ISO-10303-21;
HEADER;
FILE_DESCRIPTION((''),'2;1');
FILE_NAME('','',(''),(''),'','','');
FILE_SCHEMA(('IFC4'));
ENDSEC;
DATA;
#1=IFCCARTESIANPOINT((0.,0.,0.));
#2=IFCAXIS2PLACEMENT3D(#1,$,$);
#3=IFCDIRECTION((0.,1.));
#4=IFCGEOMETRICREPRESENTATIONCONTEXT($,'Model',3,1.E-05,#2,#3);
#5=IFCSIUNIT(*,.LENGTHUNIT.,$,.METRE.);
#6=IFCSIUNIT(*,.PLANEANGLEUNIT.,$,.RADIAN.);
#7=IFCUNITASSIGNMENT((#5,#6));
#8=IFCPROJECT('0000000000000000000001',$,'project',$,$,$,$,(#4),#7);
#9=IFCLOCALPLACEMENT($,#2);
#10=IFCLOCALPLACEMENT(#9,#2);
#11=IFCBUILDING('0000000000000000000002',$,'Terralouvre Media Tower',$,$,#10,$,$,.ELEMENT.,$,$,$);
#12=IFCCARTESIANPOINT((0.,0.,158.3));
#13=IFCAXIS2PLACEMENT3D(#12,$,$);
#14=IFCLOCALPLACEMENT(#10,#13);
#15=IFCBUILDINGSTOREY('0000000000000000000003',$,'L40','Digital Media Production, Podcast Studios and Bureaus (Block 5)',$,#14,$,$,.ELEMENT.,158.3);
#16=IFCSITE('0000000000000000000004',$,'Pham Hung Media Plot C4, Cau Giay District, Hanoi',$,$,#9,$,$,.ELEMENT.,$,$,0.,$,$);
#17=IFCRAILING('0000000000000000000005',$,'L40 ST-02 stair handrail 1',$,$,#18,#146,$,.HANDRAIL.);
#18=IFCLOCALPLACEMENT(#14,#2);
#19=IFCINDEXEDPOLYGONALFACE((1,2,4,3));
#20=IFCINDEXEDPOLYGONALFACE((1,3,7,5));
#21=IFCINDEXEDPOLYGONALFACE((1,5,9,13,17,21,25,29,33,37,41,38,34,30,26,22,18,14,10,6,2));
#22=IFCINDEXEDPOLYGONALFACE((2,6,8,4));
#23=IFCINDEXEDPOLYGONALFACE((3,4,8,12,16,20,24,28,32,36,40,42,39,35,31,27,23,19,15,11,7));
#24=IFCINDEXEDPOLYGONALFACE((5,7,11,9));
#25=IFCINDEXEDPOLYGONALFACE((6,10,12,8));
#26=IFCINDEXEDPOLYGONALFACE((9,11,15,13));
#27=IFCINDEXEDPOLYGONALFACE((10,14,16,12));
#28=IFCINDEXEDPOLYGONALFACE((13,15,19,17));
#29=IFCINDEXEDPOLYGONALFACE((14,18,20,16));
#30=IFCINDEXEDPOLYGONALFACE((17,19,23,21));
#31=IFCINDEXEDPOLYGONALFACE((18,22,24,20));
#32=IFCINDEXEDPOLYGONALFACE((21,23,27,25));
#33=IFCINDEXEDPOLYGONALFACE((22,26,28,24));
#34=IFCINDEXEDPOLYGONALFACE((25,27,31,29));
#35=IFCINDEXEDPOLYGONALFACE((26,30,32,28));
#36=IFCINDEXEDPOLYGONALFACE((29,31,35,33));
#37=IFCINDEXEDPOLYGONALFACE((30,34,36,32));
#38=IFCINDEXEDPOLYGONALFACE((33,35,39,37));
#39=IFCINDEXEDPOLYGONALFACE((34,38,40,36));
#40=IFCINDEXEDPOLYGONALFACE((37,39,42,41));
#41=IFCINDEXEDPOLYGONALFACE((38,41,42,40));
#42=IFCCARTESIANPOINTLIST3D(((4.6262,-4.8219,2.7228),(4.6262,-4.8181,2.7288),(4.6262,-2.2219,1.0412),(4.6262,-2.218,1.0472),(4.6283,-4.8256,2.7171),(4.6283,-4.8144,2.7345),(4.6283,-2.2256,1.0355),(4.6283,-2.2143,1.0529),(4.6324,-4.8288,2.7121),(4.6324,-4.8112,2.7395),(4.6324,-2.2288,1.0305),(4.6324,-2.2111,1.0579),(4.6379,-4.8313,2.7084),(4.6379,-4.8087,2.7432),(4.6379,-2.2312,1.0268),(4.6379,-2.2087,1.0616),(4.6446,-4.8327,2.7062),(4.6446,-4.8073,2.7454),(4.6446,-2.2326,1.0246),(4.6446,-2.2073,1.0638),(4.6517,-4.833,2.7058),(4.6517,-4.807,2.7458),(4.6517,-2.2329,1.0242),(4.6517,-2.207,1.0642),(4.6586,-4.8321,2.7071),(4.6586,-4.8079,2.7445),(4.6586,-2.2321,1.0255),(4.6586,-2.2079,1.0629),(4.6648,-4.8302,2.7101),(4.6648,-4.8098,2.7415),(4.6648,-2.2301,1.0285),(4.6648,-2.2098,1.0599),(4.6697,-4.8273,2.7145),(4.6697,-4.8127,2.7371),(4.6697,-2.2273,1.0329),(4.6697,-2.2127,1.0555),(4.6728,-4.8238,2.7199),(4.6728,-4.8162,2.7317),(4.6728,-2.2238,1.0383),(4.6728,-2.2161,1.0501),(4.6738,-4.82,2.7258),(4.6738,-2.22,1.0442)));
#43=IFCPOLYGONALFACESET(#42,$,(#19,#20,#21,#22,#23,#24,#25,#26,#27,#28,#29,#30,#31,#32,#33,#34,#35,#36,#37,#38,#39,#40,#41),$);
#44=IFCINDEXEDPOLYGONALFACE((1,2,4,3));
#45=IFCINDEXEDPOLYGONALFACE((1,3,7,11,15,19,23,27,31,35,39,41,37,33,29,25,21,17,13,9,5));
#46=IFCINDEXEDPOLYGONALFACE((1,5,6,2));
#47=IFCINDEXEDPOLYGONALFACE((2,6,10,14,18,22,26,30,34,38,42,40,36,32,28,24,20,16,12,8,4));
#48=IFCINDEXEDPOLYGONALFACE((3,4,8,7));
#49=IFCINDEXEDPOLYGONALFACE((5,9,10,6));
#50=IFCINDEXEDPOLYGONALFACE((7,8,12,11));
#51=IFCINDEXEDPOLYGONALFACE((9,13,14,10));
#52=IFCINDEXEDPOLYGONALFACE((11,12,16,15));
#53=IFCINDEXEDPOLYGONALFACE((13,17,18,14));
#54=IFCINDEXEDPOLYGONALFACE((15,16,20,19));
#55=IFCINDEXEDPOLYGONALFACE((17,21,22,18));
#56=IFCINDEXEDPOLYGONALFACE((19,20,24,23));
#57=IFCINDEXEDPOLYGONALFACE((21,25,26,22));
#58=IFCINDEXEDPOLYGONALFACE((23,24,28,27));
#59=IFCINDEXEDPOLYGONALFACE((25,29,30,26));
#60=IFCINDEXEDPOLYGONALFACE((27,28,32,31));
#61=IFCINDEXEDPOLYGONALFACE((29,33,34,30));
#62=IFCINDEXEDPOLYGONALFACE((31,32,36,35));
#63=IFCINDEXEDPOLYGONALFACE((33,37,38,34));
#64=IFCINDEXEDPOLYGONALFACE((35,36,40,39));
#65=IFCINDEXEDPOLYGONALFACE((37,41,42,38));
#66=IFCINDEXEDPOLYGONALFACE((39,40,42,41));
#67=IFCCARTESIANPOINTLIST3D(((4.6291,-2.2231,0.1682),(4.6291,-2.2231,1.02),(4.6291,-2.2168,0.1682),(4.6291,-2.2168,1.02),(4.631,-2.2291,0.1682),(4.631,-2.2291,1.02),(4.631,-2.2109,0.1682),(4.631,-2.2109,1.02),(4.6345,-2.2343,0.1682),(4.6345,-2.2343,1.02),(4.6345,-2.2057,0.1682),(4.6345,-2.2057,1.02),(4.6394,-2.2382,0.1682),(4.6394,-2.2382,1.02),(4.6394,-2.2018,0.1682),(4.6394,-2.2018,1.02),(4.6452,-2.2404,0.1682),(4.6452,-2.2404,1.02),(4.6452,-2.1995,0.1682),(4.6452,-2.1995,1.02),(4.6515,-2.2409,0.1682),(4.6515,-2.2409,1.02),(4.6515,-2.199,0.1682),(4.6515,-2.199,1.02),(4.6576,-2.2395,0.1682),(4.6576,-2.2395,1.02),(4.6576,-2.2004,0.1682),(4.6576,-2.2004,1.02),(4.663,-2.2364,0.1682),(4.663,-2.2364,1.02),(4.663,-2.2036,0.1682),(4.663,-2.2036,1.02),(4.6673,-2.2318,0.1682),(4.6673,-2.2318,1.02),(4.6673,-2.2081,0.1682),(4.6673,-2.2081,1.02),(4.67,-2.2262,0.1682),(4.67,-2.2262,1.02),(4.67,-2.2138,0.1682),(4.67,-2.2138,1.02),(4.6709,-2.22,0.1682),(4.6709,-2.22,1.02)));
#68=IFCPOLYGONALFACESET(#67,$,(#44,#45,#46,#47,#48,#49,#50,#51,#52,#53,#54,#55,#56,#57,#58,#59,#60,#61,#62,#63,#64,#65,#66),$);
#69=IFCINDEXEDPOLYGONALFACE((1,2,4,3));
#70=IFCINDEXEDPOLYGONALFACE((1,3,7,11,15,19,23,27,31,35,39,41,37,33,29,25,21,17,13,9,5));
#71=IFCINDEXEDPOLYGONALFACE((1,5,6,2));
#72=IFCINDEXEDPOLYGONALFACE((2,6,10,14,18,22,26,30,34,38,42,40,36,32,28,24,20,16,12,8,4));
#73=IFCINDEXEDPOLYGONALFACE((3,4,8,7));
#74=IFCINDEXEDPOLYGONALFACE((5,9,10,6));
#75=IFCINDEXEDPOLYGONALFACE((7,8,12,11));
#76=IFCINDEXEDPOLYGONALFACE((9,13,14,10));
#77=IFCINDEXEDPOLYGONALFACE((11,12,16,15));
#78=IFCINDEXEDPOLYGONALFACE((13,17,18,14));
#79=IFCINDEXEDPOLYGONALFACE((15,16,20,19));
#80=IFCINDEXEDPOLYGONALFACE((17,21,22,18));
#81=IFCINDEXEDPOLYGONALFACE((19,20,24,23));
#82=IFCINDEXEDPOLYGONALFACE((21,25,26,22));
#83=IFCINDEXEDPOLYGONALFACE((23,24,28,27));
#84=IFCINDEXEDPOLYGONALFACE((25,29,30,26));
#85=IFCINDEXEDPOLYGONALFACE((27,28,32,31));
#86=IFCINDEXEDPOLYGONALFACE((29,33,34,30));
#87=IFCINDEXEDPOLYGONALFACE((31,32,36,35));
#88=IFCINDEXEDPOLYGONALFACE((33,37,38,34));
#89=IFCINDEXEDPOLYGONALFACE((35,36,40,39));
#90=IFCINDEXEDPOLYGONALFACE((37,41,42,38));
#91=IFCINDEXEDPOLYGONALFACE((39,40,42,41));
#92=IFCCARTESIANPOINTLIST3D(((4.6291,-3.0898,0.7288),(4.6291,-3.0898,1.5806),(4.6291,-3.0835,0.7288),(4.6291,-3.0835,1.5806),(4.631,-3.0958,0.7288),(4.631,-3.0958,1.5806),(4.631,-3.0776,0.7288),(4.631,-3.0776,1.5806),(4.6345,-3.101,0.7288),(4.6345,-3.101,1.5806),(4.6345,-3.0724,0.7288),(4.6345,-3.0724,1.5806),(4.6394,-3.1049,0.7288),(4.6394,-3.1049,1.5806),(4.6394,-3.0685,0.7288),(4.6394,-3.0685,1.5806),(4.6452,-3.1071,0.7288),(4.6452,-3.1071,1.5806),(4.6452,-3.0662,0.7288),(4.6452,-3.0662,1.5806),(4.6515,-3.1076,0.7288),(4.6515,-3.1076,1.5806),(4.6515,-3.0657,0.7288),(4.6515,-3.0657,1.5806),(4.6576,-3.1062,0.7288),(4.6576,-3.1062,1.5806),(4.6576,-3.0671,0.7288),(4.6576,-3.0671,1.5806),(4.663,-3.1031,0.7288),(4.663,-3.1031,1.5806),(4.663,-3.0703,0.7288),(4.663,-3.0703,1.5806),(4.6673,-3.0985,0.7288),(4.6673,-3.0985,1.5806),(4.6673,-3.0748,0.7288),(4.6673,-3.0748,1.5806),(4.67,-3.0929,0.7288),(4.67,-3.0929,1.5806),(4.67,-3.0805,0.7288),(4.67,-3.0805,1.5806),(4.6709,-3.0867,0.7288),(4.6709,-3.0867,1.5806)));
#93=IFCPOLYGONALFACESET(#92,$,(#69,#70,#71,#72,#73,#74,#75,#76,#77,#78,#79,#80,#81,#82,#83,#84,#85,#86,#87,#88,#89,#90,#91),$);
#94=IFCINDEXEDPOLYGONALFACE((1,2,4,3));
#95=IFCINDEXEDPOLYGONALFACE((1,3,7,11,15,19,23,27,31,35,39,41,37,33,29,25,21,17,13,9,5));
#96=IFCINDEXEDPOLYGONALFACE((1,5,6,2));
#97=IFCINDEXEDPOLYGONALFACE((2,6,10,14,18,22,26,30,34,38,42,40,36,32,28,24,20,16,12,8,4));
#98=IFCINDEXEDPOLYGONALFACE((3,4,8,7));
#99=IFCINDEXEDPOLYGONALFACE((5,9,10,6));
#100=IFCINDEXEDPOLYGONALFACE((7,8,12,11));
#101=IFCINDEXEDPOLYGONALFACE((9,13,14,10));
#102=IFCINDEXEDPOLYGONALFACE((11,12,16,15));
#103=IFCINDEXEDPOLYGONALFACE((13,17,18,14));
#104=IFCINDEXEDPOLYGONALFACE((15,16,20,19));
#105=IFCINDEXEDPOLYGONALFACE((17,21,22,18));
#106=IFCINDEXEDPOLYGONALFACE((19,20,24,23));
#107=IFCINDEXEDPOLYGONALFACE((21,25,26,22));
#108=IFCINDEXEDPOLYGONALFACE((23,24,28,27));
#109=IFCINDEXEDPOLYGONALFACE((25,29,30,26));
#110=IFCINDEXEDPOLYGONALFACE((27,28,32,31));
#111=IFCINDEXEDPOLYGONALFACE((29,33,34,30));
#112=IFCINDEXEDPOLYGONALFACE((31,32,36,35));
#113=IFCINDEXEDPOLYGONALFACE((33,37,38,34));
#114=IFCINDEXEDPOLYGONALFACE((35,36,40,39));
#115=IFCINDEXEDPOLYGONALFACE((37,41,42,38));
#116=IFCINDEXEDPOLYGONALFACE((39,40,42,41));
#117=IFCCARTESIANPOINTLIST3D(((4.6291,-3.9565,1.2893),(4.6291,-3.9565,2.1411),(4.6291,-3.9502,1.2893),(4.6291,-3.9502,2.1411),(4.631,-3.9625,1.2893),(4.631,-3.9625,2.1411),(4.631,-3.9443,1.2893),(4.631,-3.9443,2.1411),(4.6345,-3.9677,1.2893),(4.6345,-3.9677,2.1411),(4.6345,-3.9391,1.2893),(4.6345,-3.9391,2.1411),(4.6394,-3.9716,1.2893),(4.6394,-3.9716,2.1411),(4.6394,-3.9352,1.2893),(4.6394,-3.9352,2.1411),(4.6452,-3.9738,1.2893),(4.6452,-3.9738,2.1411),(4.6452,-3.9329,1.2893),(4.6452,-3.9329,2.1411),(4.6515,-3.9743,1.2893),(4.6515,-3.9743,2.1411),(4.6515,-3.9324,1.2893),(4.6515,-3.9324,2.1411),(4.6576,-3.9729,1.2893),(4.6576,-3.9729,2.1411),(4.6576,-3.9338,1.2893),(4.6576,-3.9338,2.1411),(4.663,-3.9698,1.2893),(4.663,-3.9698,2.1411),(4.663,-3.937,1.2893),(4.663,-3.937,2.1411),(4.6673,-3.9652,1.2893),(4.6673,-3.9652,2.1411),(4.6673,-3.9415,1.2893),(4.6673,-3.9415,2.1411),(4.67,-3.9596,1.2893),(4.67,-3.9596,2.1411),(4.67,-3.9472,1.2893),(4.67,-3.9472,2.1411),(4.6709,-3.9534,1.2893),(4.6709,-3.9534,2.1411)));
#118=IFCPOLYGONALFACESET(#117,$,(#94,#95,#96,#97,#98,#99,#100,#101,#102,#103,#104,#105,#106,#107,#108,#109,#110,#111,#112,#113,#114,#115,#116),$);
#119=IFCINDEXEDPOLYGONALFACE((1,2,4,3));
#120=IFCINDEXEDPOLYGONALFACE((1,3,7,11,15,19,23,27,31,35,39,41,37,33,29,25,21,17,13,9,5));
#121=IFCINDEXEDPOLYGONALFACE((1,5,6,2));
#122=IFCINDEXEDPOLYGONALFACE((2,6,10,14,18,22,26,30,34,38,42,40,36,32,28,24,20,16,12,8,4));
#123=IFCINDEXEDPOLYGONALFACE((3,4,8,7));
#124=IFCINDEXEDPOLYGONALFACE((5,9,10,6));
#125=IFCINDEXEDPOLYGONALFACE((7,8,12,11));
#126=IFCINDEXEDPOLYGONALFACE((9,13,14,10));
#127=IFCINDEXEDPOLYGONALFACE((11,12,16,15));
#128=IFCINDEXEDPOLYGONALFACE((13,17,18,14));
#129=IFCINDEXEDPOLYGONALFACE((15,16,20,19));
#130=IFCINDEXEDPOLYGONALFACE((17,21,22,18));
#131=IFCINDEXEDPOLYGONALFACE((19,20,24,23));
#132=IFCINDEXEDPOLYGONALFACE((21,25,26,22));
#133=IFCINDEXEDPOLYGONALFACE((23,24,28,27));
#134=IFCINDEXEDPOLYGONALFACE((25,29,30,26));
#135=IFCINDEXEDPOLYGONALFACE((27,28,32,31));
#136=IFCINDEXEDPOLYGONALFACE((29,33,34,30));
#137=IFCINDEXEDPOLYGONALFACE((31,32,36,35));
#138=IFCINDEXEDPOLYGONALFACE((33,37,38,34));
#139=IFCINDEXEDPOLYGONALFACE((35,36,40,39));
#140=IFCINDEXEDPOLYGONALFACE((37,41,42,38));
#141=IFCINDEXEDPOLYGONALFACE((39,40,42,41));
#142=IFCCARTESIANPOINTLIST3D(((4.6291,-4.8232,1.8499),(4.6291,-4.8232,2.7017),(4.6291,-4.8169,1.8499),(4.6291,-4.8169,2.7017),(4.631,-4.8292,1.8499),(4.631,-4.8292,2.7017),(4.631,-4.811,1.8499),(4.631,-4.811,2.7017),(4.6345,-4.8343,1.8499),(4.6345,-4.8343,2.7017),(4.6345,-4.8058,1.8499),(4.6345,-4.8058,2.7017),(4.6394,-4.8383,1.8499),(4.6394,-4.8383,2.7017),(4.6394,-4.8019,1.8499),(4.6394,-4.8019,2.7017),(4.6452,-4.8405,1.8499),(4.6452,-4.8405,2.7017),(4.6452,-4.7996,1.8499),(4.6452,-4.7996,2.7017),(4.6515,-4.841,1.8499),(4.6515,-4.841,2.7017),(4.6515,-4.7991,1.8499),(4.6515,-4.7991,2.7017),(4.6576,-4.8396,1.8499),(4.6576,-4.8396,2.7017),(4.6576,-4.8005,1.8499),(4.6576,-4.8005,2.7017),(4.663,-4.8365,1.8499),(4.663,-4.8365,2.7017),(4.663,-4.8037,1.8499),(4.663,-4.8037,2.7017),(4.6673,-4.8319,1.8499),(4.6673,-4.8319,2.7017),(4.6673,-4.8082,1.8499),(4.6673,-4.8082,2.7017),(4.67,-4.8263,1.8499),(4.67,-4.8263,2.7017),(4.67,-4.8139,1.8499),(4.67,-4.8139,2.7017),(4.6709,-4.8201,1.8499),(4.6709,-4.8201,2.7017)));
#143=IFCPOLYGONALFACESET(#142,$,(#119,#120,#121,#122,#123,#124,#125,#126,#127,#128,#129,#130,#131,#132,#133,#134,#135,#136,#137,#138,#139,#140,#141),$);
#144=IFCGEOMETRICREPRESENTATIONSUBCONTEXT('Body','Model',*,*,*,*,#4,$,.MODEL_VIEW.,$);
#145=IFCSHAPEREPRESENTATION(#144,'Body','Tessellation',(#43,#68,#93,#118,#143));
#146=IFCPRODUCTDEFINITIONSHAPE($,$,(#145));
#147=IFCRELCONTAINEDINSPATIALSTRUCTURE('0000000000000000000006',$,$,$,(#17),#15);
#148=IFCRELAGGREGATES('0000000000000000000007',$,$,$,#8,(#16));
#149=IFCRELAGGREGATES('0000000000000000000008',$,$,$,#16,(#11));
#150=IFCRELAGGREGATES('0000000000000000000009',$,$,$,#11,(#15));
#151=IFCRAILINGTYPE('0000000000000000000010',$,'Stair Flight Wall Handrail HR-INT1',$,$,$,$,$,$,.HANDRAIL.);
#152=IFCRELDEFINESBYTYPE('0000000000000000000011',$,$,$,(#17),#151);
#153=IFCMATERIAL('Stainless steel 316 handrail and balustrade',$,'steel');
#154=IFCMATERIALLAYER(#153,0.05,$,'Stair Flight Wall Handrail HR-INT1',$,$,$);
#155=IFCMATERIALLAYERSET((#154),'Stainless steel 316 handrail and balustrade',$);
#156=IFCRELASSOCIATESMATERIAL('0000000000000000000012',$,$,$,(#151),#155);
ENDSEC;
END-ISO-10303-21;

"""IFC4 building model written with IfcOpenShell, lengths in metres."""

from ifc_helpers import new_model, si_unit, direction, frame, origin, origin_2d, place, context, subcontext, project, spatial, circle, extrude, material, layer, layer_set, type_object, element, save


model = new_model("IFC4")

# Units and contexts
model_context = context("Model", 3, precision=1e-05, world=origin(), true_north=direction((0.0, 1.0)))
body_context = subcontext(model_context, "Body", "Model", "MODEL_VIEW")
ifc_project = project(units=[si_unit("LENGTHUNIT", "METRE"), si_unit("PLANEANGLEUNIT", "RADIAN")], contexts=[model_context])

# Site, building, storey
site_placement = place(None, origin())
site = spatial("IfcSite", under=ifc_project, at=site_placement, Name="Pham Hung Media Plot C4, Cau Giay District, Hanoi", CompositionType="ELEMENT", RefElevation=0.0)
building_placement = place(site_placement, origin())
building = spatial("IfcBuilding", under=site, at=building_placement, Name="Terralouvre Media Tower", CompositionType="ELEMENT")
storey_placement = place(building_placement, frame((0.0, 0.0, 158.3)))
storey = spatial("IfcBuildingStorey", under=building, at=storey_placement, Name="L40", Description="Digital Media Production, Podcast Studios and Bureaus (Block 5)", CompositionType="ELEMENT", Elevation=158.3)

# Railing
ifc_material_1 = material(Name="Stainless steel 316 handrail and balustrade", Category="steel")
ifc_layer_1 = layer(ifc_material_1, 0.05, Name="Stair Flight Wall Handrail HR-INT1")
ifc_layer_set_1 = layer_set([ifc_layer_1], Name="Stainless steel 316 handrail and balustrade")
railing_type_1 = type_object("IfcRailingType", Name="Stair Flight Wall Handrail HR-INT1", PredefinedType="HANDRAIL", material=ifc_layer_set_1)
railing_1_placement = place(storey_placement, frame((4.6499, -2.22, 0.1682)))
element("IfcRailing", 1, at=railing_1_placement, inside=storey, type_object=railing_type_1, Name="L40 ST-02 stair handrail 1", PredefinedType="HANDRAIL", context=body_context, shape_type="SweptSolid", body=[
    extrude(circle(Radius=0.0239, at=origin_2d()), frame((0.0, 0.0, 0.876), z_axis=(0.0, -0.839684, 0.543075), x_axis=(1.0, 0.0, 0.0)), (0.0, 0.0, 1.0), 3.0964),
    extrude(circle(Radius=0.021, at=origin_2d()), origin(), (0.0, 0.0, 1.0), 0.8518),
    extrude(circle(Radius=0.021, at=origin_2d()), frame((0.0, -0.8667, 0.5605)), (0.0, 0.0, 1.0), 0.8518),
    extrude(circle(Radius=0.021, at=origin_2d()), frame((0.0, -1.7334, 1.1211)), (0.0, 0.0, 1.0), 0.8518),
    extrude(circle(Radius=0.021, at=origin_2d()), frame((0.0, -2.6001, 1.6816)), (0.0, 0.0, 1.0), 0.8518),
])

save(model, "model.ifc")
